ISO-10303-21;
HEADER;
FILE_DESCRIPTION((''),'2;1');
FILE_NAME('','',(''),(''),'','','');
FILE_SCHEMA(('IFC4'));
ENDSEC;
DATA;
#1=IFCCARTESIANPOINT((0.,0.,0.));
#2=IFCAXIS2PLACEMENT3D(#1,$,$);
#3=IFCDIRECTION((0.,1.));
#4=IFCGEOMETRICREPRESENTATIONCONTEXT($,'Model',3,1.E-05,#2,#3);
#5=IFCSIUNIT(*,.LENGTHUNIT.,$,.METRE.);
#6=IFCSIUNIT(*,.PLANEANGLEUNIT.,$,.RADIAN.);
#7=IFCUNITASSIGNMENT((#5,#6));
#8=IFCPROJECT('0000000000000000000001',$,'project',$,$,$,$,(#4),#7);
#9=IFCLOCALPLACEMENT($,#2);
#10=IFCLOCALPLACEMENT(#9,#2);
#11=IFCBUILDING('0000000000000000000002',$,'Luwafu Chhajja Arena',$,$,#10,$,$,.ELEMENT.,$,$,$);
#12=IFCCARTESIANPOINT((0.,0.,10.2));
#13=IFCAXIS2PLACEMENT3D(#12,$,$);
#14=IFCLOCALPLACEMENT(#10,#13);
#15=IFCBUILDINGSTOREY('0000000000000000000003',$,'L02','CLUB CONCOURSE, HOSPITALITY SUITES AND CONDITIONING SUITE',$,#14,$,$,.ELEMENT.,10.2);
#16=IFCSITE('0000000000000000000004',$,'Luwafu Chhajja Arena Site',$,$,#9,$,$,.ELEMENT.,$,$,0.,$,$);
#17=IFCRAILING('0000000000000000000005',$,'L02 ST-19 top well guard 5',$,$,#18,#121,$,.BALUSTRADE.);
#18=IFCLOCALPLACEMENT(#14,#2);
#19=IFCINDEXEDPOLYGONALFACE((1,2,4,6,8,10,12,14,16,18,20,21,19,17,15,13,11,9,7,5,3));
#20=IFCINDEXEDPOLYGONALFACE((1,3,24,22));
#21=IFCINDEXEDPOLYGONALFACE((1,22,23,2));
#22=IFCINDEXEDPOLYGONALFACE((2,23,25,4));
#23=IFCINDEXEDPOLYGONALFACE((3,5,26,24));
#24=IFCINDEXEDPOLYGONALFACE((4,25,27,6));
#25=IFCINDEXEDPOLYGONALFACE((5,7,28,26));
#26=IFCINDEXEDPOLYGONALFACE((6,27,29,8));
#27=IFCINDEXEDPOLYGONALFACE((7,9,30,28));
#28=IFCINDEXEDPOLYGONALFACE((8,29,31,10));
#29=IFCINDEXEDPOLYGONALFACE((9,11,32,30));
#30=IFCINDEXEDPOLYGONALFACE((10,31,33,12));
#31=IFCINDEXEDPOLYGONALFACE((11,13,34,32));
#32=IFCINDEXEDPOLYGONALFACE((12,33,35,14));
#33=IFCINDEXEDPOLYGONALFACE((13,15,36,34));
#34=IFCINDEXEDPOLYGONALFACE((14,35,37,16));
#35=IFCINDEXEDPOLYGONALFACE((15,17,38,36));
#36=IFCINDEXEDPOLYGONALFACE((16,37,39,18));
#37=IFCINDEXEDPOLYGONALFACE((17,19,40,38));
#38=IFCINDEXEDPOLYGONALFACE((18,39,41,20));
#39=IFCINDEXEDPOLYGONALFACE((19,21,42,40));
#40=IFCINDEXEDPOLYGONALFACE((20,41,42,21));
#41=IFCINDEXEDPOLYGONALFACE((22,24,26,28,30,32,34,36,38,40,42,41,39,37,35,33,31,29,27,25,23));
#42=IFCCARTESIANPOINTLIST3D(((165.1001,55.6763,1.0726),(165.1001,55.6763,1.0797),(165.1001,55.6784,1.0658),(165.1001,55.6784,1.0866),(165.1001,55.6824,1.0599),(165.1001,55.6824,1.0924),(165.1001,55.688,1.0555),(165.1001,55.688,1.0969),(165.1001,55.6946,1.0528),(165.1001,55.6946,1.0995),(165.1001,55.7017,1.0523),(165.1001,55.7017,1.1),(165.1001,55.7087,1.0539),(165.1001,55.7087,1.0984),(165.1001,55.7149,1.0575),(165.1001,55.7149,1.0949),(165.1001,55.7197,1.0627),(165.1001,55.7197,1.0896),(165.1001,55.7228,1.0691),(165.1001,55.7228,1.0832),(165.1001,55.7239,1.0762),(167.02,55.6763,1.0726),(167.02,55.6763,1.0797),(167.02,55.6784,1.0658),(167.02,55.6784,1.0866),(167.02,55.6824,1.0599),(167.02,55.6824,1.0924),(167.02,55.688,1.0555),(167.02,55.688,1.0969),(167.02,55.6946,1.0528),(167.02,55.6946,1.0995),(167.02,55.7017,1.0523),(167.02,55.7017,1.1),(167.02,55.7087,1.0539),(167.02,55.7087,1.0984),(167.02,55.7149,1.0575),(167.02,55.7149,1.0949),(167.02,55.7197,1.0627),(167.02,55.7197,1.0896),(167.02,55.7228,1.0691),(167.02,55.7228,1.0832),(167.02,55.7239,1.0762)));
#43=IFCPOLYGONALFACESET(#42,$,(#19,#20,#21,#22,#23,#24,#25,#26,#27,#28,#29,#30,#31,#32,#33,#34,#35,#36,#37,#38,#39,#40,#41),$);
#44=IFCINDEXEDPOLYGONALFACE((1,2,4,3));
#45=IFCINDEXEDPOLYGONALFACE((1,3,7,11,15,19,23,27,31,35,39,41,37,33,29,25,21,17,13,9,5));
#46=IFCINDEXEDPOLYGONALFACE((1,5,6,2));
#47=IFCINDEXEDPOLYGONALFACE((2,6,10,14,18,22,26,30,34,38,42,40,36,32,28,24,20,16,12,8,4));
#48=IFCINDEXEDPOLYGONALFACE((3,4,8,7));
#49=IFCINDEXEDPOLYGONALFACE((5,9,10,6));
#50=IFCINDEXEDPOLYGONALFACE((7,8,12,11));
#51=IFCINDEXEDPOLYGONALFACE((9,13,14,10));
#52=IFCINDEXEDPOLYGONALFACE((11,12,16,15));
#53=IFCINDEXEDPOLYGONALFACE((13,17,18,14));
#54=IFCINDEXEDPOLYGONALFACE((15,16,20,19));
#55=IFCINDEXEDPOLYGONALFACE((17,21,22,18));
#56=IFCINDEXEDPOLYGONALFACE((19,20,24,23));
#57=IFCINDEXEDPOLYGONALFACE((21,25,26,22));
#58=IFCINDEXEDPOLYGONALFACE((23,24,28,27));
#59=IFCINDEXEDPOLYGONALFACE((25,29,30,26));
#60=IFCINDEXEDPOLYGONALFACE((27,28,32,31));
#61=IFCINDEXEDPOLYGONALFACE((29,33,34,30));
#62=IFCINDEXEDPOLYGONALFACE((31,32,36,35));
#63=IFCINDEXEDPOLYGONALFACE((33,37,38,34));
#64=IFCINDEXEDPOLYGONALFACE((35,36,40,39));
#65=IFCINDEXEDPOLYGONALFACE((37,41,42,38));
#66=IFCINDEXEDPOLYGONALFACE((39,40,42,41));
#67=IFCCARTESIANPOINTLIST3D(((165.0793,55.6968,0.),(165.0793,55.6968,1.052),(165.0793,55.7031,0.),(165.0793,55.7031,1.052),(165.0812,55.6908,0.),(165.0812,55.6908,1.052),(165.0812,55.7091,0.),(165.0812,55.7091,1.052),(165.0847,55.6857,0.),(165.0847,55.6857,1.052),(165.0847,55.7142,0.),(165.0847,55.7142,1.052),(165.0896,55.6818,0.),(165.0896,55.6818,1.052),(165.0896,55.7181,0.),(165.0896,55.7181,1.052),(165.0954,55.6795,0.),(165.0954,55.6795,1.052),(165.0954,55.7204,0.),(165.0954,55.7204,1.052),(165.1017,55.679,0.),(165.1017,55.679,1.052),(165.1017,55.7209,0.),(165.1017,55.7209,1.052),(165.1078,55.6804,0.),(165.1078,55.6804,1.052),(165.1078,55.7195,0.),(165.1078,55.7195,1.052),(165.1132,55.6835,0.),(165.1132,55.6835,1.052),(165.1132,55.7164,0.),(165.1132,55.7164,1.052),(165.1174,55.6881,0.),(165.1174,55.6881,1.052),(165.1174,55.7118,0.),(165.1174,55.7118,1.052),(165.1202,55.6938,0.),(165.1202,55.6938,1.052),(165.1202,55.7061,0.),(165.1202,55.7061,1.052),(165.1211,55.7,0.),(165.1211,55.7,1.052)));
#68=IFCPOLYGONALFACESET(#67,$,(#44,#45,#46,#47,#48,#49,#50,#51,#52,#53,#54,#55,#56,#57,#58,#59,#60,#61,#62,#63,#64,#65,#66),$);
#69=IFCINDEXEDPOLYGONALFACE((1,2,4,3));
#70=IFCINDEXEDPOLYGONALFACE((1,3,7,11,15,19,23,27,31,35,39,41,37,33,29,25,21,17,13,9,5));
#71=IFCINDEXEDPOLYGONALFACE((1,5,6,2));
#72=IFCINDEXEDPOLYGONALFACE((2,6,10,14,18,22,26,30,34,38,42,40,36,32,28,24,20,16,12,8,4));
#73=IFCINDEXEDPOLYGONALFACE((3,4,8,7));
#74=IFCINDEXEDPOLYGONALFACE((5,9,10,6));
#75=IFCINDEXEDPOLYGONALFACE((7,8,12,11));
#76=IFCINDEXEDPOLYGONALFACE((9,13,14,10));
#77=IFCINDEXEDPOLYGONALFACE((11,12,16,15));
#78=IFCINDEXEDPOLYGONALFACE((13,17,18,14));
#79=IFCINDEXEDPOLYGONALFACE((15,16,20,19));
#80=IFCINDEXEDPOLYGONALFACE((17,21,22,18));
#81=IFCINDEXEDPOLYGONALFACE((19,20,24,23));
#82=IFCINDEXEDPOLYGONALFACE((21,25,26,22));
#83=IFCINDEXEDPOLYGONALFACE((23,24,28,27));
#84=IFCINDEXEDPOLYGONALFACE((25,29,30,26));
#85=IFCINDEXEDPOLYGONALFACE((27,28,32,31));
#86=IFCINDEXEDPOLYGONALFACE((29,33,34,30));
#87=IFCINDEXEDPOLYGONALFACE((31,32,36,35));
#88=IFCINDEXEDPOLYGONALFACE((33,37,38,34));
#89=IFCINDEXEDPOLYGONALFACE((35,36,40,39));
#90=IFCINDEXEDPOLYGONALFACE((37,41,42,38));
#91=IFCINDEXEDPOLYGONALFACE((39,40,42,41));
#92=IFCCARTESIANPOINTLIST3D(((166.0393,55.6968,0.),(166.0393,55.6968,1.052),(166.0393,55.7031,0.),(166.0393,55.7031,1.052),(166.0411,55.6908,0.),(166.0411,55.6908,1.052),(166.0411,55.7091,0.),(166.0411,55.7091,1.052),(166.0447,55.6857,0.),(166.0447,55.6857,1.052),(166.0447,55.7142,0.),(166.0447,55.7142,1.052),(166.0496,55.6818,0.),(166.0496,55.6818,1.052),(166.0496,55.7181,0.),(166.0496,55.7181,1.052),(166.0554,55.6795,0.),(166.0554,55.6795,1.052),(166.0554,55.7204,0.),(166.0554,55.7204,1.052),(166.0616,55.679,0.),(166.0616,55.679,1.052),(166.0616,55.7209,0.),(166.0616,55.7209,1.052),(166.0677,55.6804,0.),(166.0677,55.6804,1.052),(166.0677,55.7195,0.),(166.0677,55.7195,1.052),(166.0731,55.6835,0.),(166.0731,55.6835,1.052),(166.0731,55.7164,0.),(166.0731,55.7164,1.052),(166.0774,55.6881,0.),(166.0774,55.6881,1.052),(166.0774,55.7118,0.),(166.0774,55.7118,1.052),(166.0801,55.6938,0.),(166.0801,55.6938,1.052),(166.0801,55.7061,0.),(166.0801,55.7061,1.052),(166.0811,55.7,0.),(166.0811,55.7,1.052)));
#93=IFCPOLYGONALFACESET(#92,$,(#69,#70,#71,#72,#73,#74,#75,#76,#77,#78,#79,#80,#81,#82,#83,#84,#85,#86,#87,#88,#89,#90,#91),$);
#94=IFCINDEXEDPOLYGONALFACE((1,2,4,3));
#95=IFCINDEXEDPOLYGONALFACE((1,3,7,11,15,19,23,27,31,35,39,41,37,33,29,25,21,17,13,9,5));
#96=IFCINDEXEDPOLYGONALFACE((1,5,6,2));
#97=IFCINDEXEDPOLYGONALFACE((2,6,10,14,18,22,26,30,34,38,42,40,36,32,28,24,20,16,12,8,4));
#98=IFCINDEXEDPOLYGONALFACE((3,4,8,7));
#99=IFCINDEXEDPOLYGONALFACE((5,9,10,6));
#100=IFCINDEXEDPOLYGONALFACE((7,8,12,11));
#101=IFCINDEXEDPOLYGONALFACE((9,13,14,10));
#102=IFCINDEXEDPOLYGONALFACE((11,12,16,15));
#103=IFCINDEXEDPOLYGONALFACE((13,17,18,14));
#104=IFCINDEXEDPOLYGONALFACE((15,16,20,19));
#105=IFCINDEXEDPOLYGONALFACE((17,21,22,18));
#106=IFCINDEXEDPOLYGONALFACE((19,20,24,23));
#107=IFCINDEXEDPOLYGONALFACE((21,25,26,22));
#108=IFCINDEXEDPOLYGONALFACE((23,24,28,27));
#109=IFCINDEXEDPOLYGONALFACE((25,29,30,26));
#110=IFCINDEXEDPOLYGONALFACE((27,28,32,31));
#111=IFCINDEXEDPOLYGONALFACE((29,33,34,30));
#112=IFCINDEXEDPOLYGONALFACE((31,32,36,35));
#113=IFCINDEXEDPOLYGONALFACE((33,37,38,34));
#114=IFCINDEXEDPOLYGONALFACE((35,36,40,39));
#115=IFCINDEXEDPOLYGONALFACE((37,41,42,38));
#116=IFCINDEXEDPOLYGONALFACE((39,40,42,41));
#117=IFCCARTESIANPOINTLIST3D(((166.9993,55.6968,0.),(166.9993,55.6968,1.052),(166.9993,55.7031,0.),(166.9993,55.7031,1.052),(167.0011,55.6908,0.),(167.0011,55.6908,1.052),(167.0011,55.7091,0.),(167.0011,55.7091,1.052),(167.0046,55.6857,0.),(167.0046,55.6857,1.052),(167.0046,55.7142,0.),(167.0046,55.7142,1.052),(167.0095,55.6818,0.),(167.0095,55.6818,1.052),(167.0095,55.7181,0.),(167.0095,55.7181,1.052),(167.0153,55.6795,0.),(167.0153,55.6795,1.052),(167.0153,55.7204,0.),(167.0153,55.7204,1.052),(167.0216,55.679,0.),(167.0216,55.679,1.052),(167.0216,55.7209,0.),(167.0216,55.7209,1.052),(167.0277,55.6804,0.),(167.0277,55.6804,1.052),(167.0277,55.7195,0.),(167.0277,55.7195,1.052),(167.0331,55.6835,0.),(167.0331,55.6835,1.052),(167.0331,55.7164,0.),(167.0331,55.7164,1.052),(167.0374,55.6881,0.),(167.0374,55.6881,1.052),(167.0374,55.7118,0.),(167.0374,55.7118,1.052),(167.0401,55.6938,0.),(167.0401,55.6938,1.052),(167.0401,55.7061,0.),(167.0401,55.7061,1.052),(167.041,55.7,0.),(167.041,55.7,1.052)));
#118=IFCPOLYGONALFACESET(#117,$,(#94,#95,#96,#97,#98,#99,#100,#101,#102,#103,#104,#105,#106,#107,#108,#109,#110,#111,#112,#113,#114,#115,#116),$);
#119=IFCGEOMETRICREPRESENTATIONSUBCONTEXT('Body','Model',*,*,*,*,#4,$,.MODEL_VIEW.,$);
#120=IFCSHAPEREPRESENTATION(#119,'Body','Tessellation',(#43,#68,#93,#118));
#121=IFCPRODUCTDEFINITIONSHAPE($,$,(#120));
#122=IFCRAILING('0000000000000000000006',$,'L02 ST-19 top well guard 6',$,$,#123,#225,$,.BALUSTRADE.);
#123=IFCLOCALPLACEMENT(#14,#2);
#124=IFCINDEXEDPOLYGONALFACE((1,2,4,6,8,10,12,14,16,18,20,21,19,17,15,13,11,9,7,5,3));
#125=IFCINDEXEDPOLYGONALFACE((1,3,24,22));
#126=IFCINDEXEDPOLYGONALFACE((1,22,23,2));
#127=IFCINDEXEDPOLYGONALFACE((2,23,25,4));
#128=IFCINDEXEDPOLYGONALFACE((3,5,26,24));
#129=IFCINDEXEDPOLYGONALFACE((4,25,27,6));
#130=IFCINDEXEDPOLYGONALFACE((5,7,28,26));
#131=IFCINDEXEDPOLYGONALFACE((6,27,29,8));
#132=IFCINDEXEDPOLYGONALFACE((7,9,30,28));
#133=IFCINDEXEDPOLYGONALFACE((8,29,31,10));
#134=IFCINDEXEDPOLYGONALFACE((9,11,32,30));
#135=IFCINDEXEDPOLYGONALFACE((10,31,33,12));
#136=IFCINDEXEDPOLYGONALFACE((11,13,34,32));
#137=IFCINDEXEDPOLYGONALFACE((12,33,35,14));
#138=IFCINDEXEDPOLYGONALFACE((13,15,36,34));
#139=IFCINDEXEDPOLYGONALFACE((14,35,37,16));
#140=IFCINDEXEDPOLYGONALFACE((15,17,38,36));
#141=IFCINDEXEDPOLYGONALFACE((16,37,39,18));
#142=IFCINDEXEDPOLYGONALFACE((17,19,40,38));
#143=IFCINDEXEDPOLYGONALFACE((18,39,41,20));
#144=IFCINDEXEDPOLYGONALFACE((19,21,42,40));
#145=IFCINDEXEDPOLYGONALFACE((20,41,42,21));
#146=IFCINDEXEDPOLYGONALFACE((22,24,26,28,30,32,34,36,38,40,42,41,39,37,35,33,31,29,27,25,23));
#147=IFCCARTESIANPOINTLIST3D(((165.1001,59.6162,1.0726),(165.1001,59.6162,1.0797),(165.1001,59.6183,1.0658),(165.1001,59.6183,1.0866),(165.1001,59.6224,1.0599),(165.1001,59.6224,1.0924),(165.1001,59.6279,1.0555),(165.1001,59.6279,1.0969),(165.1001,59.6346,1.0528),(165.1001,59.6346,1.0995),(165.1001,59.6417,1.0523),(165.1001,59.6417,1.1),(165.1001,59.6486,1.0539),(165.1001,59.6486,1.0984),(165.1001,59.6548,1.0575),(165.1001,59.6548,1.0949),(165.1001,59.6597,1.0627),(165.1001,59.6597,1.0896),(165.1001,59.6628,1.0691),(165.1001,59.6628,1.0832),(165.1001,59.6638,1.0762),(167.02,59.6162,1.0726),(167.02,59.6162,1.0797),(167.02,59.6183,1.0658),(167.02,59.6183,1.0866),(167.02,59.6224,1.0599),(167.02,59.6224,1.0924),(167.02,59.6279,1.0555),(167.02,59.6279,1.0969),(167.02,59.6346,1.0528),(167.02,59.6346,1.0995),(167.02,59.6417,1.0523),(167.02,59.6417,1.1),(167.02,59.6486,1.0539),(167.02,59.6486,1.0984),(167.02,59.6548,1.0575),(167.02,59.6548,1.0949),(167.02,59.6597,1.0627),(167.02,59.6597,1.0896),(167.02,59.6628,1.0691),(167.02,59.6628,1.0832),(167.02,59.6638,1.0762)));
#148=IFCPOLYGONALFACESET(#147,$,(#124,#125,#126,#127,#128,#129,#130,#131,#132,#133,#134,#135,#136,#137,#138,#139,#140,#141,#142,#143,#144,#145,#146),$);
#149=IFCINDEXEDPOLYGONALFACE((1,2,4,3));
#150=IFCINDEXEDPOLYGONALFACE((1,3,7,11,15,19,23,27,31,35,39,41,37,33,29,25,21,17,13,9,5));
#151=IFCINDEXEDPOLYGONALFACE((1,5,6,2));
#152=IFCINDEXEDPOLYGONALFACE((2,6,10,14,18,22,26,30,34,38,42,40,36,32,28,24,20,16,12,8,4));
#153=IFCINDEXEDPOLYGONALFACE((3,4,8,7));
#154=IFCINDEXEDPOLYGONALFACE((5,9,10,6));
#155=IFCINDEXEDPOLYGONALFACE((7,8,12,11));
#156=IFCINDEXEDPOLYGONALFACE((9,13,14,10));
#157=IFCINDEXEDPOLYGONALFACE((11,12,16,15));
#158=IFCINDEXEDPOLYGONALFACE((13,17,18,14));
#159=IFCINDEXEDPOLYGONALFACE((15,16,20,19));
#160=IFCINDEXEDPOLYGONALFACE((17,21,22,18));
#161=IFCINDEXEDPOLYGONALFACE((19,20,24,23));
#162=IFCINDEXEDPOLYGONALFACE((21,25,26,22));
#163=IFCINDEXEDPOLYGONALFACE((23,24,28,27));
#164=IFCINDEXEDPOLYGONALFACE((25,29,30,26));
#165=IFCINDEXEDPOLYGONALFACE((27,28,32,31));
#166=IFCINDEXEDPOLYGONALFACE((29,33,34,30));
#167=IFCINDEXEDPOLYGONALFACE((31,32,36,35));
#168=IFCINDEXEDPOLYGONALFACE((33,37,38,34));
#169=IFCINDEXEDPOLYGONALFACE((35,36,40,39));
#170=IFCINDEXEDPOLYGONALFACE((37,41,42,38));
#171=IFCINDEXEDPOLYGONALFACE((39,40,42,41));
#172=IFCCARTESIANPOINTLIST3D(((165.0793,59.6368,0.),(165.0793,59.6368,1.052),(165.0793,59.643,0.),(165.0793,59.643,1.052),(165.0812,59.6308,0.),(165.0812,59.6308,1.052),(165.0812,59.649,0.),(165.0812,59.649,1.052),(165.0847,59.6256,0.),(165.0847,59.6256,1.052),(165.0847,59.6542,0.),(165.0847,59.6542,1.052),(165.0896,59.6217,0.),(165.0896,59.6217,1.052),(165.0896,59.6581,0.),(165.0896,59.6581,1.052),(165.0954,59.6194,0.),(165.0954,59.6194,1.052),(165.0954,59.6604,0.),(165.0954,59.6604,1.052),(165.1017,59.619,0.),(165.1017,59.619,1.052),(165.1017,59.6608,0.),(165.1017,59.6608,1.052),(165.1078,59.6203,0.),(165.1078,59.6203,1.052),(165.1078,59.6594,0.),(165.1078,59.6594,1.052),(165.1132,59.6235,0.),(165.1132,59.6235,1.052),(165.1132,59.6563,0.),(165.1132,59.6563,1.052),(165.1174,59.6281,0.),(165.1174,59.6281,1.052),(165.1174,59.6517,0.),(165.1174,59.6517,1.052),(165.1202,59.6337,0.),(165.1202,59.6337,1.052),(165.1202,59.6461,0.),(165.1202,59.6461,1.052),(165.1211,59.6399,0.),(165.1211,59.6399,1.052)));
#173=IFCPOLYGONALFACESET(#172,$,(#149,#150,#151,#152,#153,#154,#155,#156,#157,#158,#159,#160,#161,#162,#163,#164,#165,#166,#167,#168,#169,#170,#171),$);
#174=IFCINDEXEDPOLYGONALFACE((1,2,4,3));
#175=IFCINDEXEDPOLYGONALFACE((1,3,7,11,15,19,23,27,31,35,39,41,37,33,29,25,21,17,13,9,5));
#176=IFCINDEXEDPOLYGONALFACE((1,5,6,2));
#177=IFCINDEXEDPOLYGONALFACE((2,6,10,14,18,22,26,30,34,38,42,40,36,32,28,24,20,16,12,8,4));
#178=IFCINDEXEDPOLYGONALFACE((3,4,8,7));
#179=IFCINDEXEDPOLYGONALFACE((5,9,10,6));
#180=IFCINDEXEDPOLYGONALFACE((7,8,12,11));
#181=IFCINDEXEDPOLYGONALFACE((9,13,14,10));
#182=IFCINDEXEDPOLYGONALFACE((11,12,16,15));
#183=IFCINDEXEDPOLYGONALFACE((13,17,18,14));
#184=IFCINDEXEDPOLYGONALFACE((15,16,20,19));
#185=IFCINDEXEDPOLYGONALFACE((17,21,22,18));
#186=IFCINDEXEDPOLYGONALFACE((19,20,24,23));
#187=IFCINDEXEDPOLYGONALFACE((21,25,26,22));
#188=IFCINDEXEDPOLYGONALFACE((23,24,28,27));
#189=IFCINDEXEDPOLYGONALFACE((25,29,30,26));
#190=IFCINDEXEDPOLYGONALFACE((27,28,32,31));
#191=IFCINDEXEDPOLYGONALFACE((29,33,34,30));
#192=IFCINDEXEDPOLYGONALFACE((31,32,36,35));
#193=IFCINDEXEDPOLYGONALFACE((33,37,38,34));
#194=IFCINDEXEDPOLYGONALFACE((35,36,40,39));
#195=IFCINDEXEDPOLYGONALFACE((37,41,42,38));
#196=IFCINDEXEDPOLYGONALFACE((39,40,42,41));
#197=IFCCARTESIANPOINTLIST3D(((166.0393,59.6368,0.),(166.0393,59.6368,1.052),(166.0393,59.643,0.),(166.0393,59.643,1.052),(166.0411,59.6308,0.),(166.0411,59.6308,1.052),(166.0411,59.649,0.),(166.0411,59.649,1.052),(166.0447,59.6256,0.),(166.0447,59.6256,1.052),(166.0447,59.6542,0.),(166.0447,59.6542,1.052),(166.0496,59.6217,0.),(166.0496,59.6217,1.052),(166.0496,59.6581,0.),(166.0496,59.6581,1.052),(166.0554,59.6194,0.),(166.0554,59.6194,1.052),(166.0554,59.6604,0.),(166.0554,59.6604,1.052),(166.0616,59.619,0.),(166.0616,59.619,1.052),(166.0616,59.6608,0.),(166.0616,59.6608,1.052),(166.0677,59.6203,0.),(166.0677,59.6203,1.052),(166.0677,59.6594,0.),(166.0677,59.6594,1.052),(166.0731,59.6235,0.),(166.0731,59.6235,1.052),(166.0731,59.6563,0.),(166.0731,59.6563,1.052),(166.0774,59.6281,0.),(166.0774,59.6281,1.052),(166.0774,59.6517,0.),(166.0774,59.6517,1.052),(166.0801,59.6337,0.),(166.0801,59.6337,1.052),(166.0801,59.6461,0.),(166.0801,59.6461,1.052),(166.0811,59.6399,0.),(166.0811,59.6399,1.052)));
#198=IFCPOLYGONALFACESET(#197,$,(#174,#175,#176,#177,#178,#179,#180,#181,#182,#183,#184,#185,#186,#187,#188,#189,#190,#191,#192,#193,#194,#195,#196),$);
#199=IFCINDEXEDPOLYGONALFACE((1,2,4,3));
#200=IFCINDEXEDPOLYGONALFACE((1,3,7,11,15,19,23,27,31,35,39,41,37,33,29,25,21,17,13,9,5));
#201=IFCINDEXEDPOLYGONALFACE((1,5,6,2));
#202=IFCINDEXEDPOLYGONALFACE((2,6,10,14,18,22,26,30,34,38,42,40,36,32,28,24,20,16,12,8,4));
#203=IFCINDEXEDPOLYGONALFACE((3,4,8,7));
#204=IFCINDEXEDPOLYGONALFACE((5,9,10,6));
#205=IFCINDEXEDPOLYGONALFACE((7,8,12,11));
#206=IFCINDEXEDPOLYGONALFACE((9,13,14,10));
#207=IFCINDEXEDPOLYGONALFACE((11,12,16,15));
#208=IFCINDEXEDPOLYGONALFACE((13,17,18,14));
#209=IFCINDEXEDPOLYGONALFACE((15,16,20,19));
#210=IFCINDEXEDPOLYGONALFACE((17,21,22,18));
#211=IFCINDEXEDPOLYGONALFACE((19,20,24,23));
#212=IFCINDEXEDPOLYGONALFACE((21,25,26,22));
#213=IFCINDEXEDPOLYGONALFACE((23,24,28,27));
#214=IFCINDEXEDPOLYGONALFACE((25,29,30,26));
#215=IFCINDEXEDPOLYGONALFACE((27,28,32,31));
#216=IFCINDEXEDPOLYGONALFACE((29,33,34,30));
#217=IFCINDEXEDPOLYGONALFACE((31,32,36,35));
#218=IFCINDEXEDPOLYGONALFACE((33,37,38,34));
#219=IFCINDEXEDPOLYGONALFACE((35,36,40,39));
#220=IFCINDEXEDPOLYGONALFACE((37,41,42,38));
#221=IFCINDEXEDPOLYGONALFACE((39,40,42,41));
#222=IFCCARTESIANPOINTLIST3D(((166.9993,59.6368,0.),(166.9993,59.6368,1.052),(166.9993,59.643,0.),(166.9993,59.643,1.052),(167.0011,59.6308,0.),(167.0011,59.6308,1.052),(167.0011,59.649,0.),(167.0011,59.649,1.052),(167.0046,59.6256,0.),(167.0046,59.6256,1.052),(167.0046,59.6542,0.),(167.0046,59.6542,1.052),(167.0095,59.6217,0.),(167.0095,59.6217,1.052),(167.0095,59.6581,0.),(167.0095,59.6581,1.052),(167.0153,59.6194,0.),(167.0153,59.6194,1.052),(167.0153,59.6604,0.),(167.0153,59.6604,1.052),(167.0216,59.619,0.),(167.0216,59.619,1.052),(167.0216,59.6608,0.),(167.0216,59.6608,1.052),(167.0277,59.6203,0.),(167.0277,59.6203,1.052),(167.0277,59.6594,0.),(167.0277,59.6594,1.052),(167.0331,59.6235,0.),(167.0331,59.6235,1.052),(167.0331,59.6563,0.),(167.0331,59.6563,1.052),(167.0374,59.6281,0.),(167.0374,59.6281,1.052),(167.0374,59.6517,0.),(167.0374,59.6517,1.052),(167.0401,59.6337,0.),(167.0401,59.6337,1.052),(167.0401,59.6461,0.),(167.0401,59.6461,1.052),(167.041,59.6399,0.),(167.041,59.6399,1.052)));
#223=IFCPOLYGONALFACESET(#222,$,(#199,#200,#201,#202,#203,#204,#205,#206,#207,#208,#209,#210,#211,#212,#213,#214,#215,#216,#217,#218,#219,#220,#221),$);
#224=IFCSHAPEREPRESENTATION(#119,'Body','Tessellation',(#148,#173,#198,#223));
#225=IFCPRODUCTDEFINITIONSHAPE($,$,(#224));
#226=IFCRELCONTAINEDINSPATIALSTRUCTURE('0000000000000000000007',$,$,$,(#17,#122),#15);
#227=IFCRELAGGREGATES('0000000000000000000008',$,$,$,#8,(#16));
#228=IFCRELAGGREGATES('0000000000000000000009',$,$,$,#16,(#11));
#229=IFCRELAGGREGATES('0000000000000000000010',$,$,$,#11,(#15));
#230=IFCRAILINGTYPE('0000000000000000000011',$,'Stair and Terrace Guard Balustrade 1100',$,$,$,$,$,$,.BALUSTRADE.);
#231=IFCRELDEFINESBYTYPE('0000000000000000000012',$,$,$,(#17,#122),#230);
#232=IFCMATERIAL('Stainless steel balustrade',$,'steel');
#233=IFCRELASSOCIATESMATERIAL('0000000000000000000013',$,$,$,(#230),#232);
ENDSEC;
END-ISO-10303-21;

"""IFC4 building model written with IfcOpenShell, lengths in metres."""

from ifc_helpers import new_model, si_unit, direction, frame, origin, origin_2d, place, context, subcontext, project, spatial, circle, extrude, material, type_object, element, save


model = new_model("IFC4")

# Units and contexts
model_context = context("Model", 3, precision=1e-05, world=origin(), true_north=direction((0.0, 1.0)))
body_context = subcontext(model_context, "Body", "Model", "MODEL_VIEW")
ifc_project = project(units=[si_unit("LENGTHUNIT", "METRE"), si_unit("PLANEANGLEUNIT", "RADIAN")], contexts=[model_context])

# Site, building, storey
site_placement = place(None, origin())
site = spatial("IfcSite", under=ifc_project, at=site_placement, Name="Luwafu Chhajja Arena Site", CompositionType="ELEMENT", RefElevation=0.0)
building_placement = place(site_placement, origin())
building = spatial("IfcBuilding", under=site, at=building_placement, Name="Luwafu Chhajja Arena", CompositionType="ELEMENT")
storey_placement = place(building_placement, frame((0.0, 0.0, 10.2)))
storey = spatial("IfcBuildingStorey", under=building, at=storey_placement, Name="L02", Description="CLUB CONCOURSE, HOSPITALITY SUITES AND CONDITIONING SUITE", CompositionType="ELEMENT", Elevation=10.2)

# Railings
ifc_material_1 = material(Name="Stainless steel balustrade", Category="steel")
railing_type_1 = type_object("IfcRailingType", Name="Stair and Terrace Guard Balustrade 1100", PredefinedType="BALUSTRADE", material=ifc_material_1)
for number, where, name in (
    (1, (165.1001, 55.7, 0.0), "L02 ST-19 top well guard 5"),
    (2, (165.1001, 59.6399, 0.0), "L02 ST-19 top well guard 6"),
):
    element("IfcRailing", number, at=place(storey_placement, frame(where)), inside=storey, type_object=railing_type_1, Name=name, PredefinedType="BALUSTRADE", context=body_context, shape_type="SweptSolid", body=[
        extrude(circle(Radius=0.0239, at=origin_2d()), frame((0.0, 0.0, 1.0762), z_axis=(1.0, 0.0, 0.0), x_axis=(0.0, 1.0, 0.0)), (0.0, 0.0, 1.0), 1.9199),
        extrude(circle(Radius=0.021, at=origin_2d()), origin(), (0.0, 0.0, 1.0), 1.052),
        extrude(circle(Radius=0.021, at=origin_2d()), frame((0.96, 0.0, 0.0)), (0.0, 0.0, 1.0), 1.052),
        extrude(circle(Radius=0.021, at=origin_2d()), frame((1.9199, 0.0, 0.0)), (0.0, 0.0, 1.0), 1.052),
    ])

save(model, "model.ifc")
